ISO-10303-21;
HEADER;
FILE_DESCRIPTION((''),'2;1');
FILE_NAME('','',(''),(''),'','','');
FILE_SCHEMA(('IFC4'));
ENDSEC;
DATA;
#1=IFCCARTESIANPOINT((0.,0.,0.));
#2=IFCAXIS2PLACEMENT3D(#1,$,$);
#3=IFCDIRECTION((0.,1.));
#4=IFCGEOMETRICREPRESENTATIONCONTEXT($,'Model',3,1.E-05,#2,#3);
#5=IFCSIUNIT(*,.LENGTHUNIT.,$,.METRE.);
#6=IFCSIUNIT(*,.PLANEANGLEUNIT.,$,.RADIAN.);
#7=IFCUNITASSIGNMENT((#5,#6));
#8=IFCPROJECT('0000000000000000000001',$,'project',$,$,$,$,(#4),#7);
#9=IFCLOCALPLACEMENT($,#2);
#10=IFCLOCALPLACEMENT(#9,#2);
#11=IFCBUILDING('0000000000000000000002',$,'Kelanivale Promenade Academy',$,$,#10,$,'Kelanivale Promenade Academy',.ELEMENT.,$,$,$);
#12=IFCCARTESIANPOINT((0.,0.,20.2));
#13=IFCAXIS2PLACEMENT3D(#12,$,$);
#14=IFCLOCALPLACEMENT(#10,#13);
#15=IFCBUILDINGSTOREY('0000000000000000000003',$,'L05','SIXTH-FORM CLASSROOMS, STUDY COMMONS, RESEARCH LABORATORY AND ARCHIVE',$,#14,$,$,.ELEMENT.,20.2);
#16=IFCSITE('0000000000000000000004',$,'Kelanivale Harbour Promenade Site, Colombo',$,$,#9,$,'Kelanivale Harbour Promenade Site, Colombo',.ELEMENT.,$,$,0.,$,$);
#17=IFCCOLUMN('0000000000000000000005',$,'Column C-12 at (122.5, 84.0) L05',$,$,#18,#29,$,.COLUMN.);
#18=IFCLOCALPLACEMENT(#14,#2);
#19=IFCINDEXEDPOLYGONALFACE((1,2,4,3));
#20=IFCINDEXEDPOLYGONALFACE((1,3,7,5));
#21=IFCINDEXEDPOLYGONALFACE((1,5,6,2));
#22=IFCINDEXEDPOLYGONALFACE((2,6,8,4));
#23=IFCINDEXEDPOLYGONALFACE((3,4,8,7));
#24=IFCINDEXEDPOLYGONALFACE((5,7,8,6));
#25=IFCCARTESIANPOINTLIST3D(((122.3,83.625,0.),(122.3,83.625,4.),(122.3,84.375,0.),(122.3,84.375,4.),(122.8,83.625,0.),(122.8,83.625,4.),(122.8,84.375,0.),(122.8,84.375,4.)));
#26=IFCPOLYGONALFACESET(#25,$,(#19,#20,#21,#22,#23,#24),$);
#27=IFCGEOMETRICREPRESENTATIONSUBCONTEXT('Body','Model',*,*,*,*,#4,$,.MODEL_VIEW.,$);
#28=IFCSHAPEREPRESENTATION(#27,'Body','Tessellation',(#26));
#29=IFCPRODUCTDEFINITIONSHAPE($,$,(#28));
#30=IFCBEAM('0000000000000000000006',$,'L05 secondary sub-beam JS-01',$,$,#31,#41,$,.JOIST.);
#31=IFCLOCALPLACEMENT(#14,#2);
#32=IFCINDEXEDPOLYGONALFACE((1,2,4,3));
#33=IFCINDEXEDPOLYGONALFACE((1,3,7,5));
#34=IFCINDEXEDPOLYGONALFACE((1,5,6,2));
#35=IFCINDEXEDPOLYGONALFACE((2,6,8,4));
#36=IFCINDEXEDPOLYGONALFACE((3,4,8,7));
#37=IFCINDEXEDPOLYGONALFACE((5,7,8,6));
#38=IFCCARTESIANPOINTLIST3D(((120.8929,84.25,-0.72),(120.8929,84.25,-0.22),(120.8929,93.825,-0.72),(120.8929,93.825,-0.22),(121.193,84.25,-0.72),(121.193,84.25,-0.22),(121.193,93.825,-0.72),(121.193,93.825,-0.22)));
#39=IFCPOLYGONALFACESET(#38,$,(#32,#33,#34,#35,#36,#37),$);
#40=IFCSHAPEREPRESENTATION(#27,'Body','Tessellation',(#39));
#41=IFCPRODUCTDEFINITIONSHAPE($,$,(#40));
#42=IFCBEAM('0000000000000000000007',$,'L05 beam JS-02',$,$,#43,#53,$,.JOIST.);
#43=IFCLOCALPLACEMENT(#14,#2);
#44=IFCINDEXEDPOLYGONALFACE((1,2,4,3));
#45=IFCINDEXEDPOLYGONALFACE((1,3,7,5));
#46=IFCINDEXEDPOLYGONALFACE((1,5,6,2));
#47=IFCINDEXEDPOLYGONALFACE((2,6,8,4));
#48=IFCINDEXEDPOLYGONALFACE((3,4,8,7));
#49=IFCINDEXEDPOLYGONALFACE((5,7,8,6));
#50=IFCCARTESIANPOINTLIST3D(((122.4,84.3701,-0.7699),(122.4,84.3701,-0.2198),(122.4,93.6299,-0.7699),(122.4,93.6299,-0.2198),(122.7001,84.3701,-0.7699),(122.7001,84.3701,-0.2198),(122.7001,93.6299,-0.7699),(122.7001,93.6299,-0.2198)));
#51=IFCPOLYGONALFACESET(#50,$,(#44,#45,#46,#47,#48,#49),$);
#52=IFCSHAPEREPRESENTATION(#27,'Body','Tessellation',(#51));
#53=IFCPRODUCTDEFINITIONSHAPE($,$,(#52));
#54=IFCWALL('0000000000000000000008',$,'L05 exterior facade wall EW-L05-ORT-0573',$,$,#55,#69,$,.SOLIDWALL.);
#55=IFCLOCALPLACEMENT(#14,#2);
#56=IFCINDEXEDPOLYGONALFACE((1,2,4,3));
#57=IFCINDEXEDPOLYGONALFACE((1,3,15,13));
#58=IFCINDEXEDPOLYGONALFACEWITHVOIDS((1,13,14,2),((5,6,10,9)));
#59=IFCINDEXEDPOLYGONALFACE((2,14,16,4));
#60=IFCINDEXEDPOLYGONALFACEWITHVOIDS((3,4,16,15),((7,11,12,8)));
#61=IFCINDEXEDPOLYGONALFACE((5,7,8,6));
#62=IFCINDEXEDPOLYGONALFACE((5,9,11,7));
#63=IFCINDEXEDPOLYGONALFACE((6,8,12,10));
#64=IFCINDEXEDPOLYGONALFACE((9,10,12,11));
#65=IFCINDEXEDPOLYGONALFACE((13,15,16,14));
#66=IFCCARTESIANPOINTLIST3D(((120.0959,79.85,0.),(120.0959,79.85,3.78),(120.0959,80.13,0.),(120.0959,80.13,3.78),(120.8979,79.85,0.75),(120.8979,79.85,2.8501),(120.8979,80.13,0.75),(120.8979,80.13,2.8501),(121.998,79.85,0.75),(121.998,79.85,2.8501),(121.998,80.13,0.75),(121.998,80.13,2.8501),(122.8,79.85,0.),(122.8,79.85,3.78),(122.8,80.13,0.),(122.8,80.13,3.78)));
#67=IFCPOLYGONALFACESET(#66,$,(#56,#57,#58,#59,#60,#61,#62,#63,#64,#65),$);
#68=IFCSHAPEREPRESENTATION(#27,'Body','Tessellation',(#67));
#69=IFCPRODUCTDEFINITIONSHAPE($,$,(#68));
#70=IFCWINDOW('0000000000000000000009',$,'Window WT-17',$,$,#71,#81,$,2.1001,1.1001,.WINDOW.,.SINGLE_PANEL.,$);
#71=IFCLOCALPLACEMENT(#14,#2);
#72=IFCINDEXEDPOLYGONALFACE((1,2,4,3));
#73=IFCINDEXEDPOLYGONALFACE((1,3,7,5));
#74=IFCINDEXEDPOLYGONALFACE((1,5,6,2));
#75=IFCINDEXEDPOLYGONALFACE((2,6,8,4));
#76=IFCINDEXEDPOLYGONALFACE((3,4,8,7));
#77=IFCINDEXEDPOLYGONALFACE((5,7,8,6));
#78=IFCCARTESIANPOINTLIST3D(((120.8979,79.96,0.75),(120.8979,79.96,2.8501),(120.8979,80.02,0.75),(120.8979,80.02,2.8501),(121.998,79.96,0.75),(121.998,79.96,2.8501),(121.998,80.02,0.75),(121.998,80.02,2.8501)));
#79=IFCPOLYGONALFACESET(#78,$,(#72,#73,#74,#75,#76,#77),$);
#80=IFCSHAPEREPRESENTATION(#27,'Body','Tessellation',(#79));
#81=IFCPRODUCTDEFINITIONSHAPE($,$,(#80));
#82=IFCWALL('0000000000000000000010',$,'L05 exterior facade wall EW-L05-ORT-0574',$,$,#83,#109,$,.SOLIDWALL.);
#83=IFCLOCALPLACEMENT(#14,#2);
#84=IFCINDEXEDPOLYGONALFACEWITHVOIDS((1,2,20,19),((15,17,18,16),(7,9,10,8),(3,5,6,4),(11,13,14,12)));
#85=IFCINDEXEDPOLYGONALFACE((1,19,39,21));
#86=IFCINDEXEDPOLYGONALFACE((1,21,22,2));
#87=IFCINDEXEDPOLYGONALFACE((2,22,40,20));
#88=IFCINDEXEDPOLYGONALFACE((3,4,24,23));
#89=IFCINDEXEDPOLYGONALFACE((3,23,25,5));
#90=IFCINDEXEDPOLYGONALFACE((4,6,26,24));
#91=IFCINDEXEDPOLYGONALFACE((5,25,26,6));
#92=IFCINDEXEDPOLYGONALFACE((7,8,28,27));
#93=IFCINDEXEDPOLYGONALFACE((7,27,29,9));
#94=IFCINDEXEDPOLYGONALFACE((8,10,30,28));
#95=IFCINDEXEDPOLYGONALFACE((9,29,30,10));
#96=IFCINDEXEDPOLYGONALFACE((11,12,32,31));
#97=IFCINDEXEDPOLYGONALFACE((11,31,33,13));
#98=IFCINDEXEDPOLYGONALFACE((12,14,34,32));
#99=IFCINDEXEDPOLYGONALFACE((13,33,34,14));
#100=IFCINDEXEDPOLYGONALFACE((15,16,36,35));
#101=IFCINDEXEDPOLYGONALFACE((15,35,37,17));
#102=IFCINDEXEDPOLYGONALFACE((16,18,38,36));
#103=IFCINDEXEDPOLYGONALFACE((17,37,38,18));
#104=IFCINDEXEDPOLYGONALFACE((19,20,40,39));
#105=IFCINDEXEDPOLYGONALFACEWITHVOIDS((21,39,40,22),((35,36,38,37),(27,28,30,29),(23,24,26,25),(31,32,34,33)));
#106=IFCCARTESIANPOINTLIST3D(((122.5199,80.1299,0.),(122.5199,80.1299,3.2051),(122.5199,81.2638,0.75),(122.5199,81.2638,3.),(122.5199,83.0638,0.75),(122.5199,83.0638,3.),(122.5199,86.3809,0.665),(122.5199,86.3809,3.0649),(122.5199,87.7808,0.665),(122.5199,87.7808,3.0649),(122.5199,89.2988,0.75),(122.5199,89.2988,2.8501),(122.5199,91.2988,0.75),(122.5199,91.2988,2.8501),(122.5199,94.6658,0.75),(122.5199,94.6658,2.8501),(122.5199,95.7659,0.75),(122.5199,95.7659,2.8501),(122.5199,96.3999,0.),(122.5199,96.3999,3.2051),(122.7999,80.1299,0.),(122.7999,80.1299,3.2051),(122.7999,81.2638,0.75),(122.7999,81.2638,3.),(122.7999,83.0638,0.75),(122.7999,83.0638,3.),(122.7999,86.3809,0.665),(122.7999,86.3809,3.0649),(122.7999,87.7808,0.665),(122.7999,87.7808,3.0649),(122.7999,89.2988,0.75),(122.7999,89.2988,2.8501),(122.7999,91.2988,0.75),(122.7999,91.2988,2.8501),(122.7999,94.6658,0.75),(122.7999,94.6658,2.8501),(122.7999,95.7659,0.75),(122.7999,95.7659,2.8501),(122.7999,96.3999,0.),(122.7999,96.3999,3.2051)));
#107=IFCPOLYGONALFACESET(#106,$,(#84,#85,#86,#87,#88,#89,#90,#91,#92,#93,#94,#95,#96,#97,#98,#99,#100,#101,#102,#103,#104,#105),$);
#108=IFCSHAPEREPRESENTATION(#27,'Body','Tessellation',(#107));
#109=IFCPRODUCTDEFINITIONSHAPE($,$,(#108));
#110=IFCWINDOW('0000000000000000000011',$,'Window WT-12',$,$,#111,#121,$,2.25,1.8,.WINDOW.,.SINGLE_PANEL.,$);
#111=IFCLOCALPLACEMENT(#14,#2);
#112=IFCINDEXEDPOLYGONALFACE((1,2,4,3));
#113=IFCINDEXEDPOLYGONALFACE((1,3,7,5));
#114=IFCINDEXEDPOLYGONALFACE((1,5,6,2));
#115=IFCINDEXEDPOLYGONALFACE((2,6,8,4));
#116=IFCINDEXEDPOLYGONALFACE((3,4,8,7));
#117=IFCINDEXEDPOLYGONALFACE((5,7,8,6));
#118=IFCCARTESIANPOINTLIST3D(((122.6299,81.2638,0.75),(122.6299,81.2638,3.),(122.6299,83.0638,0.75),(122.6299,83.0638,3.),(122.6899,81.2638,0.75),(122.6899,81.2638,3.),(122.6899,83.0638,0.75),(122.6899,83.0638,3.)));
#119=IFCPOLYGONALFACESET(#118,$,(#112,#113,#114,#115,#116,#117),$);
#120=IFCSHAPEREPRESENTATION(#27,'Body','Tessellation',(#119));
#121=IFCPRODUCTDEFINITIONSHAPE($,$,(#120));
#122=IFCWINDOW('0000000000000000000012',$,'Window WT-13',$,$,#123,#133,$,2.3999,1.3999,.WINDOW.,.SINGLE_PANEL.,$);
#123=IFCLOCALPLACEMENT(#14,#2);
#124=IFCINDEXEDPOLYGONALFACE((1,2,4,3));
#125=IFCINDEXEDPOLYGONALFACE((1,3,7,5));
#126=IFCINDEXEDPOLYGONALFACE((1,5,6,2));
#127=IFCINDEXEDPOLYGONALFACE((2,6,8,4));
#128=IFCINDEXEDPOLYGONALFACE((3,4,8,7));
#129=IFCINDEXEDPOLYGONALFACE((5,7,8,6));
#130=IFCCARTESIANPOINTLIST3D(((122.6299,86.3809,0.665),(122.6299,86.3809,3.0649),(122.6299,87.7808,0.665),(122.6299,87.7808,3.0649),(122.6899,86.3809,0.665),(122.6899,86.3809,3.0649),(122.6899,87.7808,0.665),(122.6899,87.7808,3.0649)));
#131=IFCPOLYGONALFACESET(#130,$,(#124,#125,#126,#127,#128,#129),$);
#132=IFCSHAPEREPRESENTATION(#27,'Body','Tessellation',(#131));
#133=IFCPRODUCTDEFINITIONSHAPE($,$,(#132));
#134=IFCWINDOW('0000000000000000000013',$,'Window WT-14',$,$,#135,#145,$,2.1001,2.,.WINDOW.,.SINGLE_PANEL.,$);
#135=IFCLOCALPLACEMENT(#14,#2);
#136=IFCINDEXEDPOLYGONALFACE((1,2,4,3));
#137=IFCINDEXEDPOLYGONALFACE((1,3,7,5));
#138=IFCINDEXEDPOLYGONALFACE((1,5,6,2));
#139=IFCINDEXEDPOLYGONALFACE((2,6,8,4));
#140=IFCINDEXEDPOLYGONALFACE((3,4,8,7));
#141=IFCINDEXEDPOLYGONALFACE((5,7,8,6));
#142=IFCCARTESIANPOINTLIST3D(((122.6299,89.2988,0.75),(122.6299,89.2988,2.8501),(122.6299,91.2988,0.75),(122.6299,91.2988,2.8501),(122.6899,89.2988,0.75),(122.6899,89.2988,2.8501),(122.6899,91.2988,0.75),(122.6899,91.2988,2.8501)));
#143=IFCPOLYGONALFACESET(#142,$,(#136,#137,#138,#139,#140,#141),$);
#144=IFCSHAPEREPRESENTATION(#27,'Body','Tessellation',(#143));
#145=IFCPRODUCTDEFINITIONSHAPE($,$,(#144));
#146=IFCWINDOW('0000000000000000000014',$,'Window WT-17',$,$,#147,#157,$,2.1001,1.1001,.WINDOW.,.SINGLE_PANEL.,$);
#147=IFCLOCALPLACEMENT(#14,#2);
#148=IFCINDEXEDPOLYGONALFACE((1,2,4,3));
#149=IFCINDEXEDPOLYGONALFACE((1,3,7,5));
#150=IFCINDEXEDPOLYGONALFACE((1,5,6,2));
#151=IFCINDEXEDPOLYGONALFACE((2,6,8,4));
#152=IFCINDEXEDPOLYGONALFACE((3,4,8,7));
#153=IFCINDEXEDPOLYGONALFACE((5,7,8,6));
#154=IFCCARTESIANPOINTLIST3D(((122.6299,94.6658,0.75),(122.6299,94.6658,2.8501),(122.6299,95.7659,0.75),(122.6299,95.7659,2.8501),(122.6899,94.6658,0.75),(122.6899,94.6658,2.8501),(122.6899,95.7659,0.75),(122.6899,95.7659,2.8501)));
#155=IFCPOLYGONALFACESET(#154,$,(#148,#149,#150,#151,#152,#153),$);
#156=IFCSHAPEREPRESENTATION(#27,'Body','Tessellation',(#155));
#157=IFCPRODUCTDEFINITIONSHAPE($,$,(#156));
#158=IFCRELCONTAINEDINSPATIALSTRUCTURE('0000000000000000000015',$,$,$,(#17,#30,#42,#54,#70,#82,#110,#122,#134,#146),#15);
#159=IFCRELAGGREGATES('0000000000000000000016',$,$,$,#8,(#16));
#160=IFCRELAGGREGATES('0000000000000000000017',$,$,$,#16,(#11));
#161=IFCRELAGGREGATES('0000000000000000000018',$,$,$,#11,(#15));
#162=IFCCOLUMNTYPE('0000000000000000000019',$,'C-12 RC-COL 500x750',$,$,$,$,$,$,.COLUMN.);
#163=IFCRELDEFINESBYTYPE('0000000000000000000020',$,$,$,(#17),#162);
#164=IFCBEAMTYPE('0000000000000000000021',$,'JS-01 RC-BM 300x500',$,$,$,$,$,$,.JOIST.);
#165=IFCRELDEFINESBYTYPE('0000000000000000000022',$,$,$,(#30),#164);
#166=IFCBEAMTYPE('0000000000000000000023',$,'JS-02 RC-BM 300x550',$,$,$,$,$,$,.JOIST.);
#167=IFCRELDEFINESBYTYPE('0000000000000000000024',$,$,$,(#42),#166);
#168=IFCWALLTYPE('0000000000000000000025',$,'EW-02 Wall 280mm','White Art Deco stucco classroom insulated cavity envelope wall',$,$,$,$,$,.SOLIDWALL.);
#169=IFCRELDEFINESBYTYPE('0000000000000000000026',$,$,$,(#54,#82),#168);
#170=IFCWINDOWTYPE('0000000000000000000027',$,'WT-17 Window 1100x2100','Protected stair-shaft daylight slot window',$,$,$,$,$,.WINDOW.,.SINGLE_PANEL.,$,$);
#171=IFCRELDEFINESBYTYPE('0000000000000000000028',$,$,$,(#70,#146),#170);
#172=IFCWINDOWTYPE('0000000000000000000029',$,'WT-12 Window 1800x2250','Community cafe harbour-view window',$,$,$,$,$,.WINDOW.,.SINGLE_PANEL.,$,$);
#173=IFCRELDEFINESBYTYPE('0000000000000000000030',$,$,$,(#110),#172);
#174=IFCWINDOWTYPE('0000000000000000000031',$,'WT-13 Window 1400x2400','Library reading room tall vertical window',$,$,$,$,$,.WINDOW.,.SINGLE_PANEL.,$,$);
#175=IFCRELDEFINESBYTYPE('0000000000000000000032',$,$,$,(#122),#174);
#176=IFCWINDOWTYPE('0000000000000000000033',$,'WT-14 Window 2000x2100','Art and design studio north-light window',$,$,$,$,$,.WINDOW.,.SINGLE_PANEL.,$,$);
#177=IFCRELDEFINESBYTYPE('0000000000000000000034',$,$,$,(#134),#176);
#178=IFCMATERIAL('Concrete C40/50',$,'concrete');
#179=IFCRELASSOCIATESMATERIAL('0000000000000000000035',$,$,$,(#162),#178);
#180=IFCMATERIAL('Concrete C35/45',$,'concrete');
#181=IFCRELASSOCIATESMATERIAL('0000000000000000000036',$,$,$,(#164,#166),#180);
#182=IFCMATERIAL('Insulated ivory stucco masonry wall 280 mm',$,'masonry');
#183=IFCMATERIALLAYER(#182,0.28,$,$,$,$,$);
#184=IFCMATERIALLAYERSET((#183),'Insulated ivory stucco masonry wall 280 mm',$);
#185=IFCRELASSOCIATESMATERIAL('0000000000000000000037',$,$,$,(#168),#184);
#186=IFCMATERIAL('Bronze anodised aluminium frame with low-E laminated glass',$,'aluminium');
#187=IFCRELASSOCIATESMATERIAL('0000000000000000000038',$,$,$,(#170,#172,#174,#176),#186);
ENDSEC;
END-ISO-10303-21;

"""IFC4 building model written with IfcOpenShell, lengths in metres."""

from ifc_helpers import new_model, si_unit, direction, frame, frame_2d, origin, origin_2d, place, context, subcontext, project, spatial, rectangle, extrude, material, layer, layer_set, material_profile, profile_set, type_object, element, fill, save


model = new_model("IFC4")

# Units and contexts
model_context = context("Model", 3, precision=1e-05, world=origin(), true_north=direction((0.0, 1.0)))
body_context = subcontext(model_context, "Body", "Model", "MODEL_VIEW")
ifc_project = project(units=[si_unit("LENGTHUNIT", "METRE"), si_unit("PLANEANGLEUNIT", "RADIAN")], contexts=[model_context])

# Site, building, storey
site_placement = place(None, origin())
site = spatial("IfcSite", under=ifc_project, at=site_placement, Name="Kelanivale Harbour Promenade Site, Colombo", LongName="Kelanivale Harbour Promenade Site, Colombo", CompositionType="ELEMENT", RefElevation=0.0)
building_placement = place(site_placement, origin())
building = spatial("IfcBuilding", under=site, at=building_placement, Name="Kelanivale Promenade Academy", LongName="Kelanivale Promenade Academy", CompositionType="ELEMENT")
storey_placement = place(building_placement, frame((0.0, 0.0, 20.2)))
storey = spatial("IfcBuildingStorey", under=building, at=storey_placement, Name="L05", Description="SIXTH-FORM CLASSROOMS, STUDY COMMONS, RESEARCH LABORATORY AND ARCHIVE", CompositionType="ELEMENT", Elevation=20.2)

# Column
ifc_material_1 = material(Name="Concrete C40/50", Category="concrete")
ifc_material_profile_1 = material_profile(ifc_material_1, rectangle(XDim=0.5, YDim=0.75, at=origin_2d()), Name="RC-COL 500x750")
ifc_profile_set_1 = profile_set([ifc_material_profile_1], Name="Concrete C40/50")
column_type = type_object("IfcColumnType", Name="C-12 RC-COL 500x750", PredefinedType="COLUMN", material=ifc_profile_set_1)
column_placement = place(storey_placement, frame((122.55, 84.0, 0.0), z_axis=(0.0, 0.0, 1.0), x_axis=(1.0, 0.0, 0.0)))
element("IfcColumn", 1, at=column_placement, inside=storey, type_object=column_type, Name="Column C-12 at (122.5, 84.0) L05", PredefinedType="COLUMN", context=body_context, shape_type="SweptSolid", body=[
    extrude(rectangle(XDim=0.5, YDim=0.75, at=origin_2d()), origin(), (0.0, 0.0, 1.0), 4.0),
])

# Beams
ifc_material_2 = material(Name="Concrete C35/45", Category="concrete")
ifc_material_profile_2 = material_profile(ifc_material_2, rectangle(XDim=0.3, YDim=0.5, at=origin_2d()), Name="RC-BM 300x500")
ifc_profile_set_2 = profile_set([ifc_material_profile_2], Name="Concrete C35/45")
beam_type_1 = type_object("IfcBeamType", Name="JS-01 RC-BM 300x500", PredefinedType="JOIST", material=ifc_profile_set_2)
beam_1_placement = place(storey_placement, frame((121.043, 84.25, -0.47), z_axis=(0.0, 1.0, 0.0), x_axis=(-1.0, 0.0, 0.0)))
element("IfcBeam", 2, at=beam_1_placement, inside=storey, type_object=beam_type_1, Name="L05 secondary sub-beam JS-01", PredefinedType="JOIST", context=body_context, shape_type="SweptSolid", body=[
    extrude(rectangle(XDim=0.3, YDim=0.5, at=origin_2d()), origin(), (0.0, 0.0, 1.0), 9.575),
])
ifc_material_profile_3 = material_profile(ifc_material_2, rectangle(XDim=0.3, YDim=0.55, at=origin_2d()), Name="RC-BM 300x550")
ifc_profile_set_3 = profile_set([ifc_material_profile_3], Name="Concrete C35/45")
beam_type_2 = type_object("IfcBeamType", Name="JS-02 RC-BM 300x550", PredefinedType="JOIST", material=ifc_profile_set_3)
beam_2_placement = place(storey_placement, frame((122.55, 84.3701, -0.4949), z_axis=(0.0, 1.0, 0.0), x_axis=(-1.0, 0.0, 0.0)))
element("IfcBeam", 3, at=beam_2_placement, inside=storey, type_object=beam_type_2, Name="L05 beam JS-02", PredefinedType="JOIST", context=body_context, shape_type="SweptSolid", body=[
    extrude(rectangle(XDim=0.3, YDim=0.55, at=origin_2d()), origin(), (0.0, 0.0, 1.0), 9.2598),
])

# Wall, opening, window
ifc_material_3 = material(Name="Insulated ivory stucco masonry wall 280 mm", Category="masonry")
ifc_layer_1 = layer(ifc_material_3, 0.28)
ifc_layer_set_1 = layer_set([ifc_layer_1], Name="Insulated ivory stucco masonry wall 280 mm")
wall_type_1 = type_object("IfcWallType", Name="EW-02 Wall 280mm", Description="White Art Deco stucco classroom insulated cavity envelope wall", PredefinedType="SOLIDWALL", material=ifc_layer_set_1)
wall_1_placement = place(storey_placement, frame((120.0959, 79.99, 0.0), z_axis=(0.0, 0.0, 1.0), x_axis=(1.0, 0.0, 0.0)))
wall_1 = element("IfcWall", 4, at=wall_1_placement, inside=storey, type_object=wall_type_1, Name="L05 exterior facade wall EW-L05-ORT-0573", PredefinedType="SOLIDWALL", context=body_context, shape_type="SweptSolid", body=[
    extrude(rectangle(XDim=2.7041, YDim=0.28, at=frame_2d((1.3521, 0.0))), origin(), (0.0, 0.0, 1.0), 3.78),
])
opening_1_placement = place(wall_1_placement, frame((0.802, 0.0, 0.75)))
opening_1 = element("IfcOpeningElement", 5, at=opening_1_placement, cuts=wall_1, PredefinedType="OPENING", context=body_context, shape_type="SweptSolid", body=[
    extrude(rectangle(XDim=1.1001, YDim=2.1001, at=frame_2d((0.55, 1.05))), frame((0.0, 0.1499, 0.0), z_axis=(0.0, -1.0, 0.0), x_axis=(1.0, 0.0, 0.0)), (0.0, 0.0, 1.0), 0.3),
])
ifc_material_4 = material(Name="Bronze anodised aluminium frame with low-E laminated glass", Category="aluminium")
window_type_1 = type_object("IfcWindowType", Name="WT-17 Window 1100x2100", Description="Protected stair-shaft daylight slot window", PartitioningType="SINGLE_PANEL", PredefinedType="WINDOW", material=ifc_material_4)
window_1_placement = place(opening_1_placement, origin())
window_1 = element("IfcWindow", 6, at=window_1_placement, inside=storey, type_object=window_type_1, Name="Window WT-17", OverallHeight=2.1001, OverallWidth=1.1001, PartitioningType="SINGLE_PANEL", PredefinedType="WINDOW", context=body_context, shape_type="SweptSolid", body=[
    extrude(rectangle(XDim=1.1001, YDim=2.1001, at=frame_2d((0.55, 1.05))), frame((0.0, 0.03, 0.0), z_axis=(0.0, -1.0, 0.0), x_axis=(1.0, 0.0, 0.0)), (0.0, 0.0, 1.0), 0.0601),
])
fill(opening_1, window_1)

# Wall, openings, windows
wall_2_placement = place(storey_placement, frame((122.6599, 80.1299, 0.0), z_axis=(0.0, 0.0, 1.0), x_axis=(0.0, 1.0, 0.0)))
wall_2 = element("IfcWall", 7, at=wall_2_placement, inside=storey, type_object=wall_type_1, Name="L05 exterior facade wall EW-L05-ORT-0574", PredefinedType="SOLIDWALL", context=body_context, shape_type="SweptSolid", body=[
    extrude(rectangle(XDim=16.27, YDim=0.28, at=frame_2d((8.135, 0.0))), origin(), (0.0, 0.0, 1.0), 3.2051),
])
opening_2_placement = place(wall_2_placement, frame((1.134, 0.0, 0.75)))
opening_2 = element("IfcOpeningElement", 8, at=opening_2_placement, cuts=wall_2, PredefinedType="OPENING", context=body_context, shape_type="SweptSolid", body=[
    extrude(rectangle(XDim=1.8, YDim=2.25, at=frame_2d((0.8999, 1.125))), frame((0.0, 0.1499, 0.0), z_axis=(0.0, -1.0, 0.0), x_axis=(1.0, 0.0, 0.0)), (0.0, 0.0, 1.0), 0.3),
])
opening_3_placement = place(wall_2_placement, frame((6.251, 0.0, 0.665)))
opening_3 = element("IfcOpeningElement", 9, at=opening_3_placement, cuts=wall_2, PredefinedType="OPENING", context=body_context, shape_type="SweptSolid", body=[
    extrude(rectangle(XDim=1.3999, YDim=2.3999, at=frame_2d((0.7, 1.2))), frame((0.0, 0.1499, 0.0), z_axis=(0.0, -1.0, 0.0), x_axis=(1.0, 0.0, 0.0)), (0.0, 0.0, 1.0), 0.3),
])
opening_4_placement = place(wall_2_placement, frame((9.1689, 0.0, 0.75)))
opening_4 = element("IfcOpeningElement", 10, at=opening_4_placement, cuts=wall_2, PredefinedType="OPENING", context=body_context, shape_type="SweptSolid", body=[
    extrude(rectangle(XDim=2.0, YDim=2.1001, at=frame_2d((1.0, 1.05))), frame((0.0, 0.1499, 0.0), z_axis=(0.0, -1.0, 0.0), x_axis=(1.0, 0.0, 0.0)), (0.0, 0.0, 1.0), 0.3),
])
opening_5_placement = place(wall_2_placement, frame((14.5359, 0.0, 0.75)))
opening_5 = element("IfcOpeningElement", 11, at=opening_5_placement, cuts=wall_2, PredefinedType="OPENING", context=body_context, shape_type="SweptSolid", body=[
    extrude(rectangle(XDim=1.1001, YDim=2.1001, at=frame_2d((0.55, 1.05))), frame((0.0, 0.1499, 0.0), z_axis=(0.0, -1.0, 0.0), x_axis=(1.0, 0.0, 0.0)), (0.0, 0.0, 1.0), 0.3),
])
window_type_2 = type_object("IfcWindowType", Name="WT-12 Window 1800x2250", Description="Community cafe harbour-view window", PartitioningType="SINGLE_PANEL", PredefinedType="WINDOW", material=ifc_material_4)
window_2_placement = place(opening_2_placement, origin())
window_2 = element("IfcWindow", 12, at=window_2_placement, inside=storey, type_object=window_type_2, Name="Window WT-12", OverallHeight=2.25, OverallWidth=1.8, PartitioningType="SINGLE_PANEL", PredefinedType="WINDOW", context=body_context, shape_type="SweptSolid", body=[
    extrude(rectangle(XDim=1.8, YDim=2.25, at=frame_2d((0.8999, 1.125))), frame((0.0, 0.03, 0.0), z_axis=(0.0, -1.0, 0.0), x_axis=(1.0, 0.0, 0.0)), (0.0, 0.0, 1.0), 0.0601),
])
fill(opening_2, window_2)
window_type_3 = type_object("IfcWindowType", Name="WT-13 Window 1400x2400", Description="Library reading room tall vertical window", PartitioningType="SINGLE_PANEL", PredefinedType="WINDOW", material=ifc_material_4)
window_3_placement = place(opening_3_placement, origin())
window_3 = element("IfcWindow", 13, at=window_3_placement, inside=storey, type_object=window_type_3, Name="Window WT-13", OverallHeight=2.3999, OverallWidth=1.3999, PartitioningType="SINGLE_PANEL", PredefinedType="WINDOW", context=body_context, shape_type="SweptSolid", body=[
    extrude(rectangle(XDim=1.3999, YDim=2.3999, at=frame_2d((0.7, 1.2))), frame((0.0, 0.03, 0.0), z_axis=(0.0, -1.0, 0.0), x_axis=(1.0, 0.0, 0.0)), (0.0, 0.0, 1.0), 0.0601),
])
fill(opening_3, window_3)
window_type_4 = type_object("IfcWindowType", Name="WT-14 Window 2000x2100", Description="Art and design studio north-light window", PartitioningType="SINGLE_PANEL", PredefinedType="WINDOW", material=ifc_material_4)
window_4_placement = place(opening_4_placement, origin())
window_4 = element("IfcWindow", 14, at=window_4_placement, inside=storey, type_object=window_type_4, Name="Window WT-14", OverallHeight=2.1001, OverallWidth=2.0, PartitioningType="SINGLE_PANEL", PredefinedType="WINDOW", context=body_context, shape_type="SweptSolid", body=[
    extrude(rectangle(XDim=2.0, YDim=2.1001, at=frame_2d((1.0, 1.05))), frame((0.0, 0.03, 0.0), z_axis=(0.0, -1.0, 0.0), x_axis=(1.0, 0.0, 0.0)), (0.0, 0.0, 1.0), 0.0601),
])
fill(opening_4, window_4)
window_5_placement = place(opening_5_placement, origin())
window_5 = element("IfcWindow", 15, at=window_5_placement, inside=storey, type_object=window_type_1, Name="Window WT-17", OverallHeight=2.1001, OverallWidth=1.1001, PartitioningType="SINGLE_PANEL", PredefinedType="WINDOW", context=body_context, shape_type="SweptSolid", body=[
    extrude(rectangle(XDim=1.1001, YDim=2.1001, at=frame_2d((0.55, 1.05))), frame((0.0, 0.03, 0.0), z_axis=(0.0, -1.0, 0.0), x_axis=(1.0, 0.0, 0.0)), (0.0, 0.0, 1.0), 0.0601),
])
fill(opening_5, window_5)

save(model, "model.ifc")
